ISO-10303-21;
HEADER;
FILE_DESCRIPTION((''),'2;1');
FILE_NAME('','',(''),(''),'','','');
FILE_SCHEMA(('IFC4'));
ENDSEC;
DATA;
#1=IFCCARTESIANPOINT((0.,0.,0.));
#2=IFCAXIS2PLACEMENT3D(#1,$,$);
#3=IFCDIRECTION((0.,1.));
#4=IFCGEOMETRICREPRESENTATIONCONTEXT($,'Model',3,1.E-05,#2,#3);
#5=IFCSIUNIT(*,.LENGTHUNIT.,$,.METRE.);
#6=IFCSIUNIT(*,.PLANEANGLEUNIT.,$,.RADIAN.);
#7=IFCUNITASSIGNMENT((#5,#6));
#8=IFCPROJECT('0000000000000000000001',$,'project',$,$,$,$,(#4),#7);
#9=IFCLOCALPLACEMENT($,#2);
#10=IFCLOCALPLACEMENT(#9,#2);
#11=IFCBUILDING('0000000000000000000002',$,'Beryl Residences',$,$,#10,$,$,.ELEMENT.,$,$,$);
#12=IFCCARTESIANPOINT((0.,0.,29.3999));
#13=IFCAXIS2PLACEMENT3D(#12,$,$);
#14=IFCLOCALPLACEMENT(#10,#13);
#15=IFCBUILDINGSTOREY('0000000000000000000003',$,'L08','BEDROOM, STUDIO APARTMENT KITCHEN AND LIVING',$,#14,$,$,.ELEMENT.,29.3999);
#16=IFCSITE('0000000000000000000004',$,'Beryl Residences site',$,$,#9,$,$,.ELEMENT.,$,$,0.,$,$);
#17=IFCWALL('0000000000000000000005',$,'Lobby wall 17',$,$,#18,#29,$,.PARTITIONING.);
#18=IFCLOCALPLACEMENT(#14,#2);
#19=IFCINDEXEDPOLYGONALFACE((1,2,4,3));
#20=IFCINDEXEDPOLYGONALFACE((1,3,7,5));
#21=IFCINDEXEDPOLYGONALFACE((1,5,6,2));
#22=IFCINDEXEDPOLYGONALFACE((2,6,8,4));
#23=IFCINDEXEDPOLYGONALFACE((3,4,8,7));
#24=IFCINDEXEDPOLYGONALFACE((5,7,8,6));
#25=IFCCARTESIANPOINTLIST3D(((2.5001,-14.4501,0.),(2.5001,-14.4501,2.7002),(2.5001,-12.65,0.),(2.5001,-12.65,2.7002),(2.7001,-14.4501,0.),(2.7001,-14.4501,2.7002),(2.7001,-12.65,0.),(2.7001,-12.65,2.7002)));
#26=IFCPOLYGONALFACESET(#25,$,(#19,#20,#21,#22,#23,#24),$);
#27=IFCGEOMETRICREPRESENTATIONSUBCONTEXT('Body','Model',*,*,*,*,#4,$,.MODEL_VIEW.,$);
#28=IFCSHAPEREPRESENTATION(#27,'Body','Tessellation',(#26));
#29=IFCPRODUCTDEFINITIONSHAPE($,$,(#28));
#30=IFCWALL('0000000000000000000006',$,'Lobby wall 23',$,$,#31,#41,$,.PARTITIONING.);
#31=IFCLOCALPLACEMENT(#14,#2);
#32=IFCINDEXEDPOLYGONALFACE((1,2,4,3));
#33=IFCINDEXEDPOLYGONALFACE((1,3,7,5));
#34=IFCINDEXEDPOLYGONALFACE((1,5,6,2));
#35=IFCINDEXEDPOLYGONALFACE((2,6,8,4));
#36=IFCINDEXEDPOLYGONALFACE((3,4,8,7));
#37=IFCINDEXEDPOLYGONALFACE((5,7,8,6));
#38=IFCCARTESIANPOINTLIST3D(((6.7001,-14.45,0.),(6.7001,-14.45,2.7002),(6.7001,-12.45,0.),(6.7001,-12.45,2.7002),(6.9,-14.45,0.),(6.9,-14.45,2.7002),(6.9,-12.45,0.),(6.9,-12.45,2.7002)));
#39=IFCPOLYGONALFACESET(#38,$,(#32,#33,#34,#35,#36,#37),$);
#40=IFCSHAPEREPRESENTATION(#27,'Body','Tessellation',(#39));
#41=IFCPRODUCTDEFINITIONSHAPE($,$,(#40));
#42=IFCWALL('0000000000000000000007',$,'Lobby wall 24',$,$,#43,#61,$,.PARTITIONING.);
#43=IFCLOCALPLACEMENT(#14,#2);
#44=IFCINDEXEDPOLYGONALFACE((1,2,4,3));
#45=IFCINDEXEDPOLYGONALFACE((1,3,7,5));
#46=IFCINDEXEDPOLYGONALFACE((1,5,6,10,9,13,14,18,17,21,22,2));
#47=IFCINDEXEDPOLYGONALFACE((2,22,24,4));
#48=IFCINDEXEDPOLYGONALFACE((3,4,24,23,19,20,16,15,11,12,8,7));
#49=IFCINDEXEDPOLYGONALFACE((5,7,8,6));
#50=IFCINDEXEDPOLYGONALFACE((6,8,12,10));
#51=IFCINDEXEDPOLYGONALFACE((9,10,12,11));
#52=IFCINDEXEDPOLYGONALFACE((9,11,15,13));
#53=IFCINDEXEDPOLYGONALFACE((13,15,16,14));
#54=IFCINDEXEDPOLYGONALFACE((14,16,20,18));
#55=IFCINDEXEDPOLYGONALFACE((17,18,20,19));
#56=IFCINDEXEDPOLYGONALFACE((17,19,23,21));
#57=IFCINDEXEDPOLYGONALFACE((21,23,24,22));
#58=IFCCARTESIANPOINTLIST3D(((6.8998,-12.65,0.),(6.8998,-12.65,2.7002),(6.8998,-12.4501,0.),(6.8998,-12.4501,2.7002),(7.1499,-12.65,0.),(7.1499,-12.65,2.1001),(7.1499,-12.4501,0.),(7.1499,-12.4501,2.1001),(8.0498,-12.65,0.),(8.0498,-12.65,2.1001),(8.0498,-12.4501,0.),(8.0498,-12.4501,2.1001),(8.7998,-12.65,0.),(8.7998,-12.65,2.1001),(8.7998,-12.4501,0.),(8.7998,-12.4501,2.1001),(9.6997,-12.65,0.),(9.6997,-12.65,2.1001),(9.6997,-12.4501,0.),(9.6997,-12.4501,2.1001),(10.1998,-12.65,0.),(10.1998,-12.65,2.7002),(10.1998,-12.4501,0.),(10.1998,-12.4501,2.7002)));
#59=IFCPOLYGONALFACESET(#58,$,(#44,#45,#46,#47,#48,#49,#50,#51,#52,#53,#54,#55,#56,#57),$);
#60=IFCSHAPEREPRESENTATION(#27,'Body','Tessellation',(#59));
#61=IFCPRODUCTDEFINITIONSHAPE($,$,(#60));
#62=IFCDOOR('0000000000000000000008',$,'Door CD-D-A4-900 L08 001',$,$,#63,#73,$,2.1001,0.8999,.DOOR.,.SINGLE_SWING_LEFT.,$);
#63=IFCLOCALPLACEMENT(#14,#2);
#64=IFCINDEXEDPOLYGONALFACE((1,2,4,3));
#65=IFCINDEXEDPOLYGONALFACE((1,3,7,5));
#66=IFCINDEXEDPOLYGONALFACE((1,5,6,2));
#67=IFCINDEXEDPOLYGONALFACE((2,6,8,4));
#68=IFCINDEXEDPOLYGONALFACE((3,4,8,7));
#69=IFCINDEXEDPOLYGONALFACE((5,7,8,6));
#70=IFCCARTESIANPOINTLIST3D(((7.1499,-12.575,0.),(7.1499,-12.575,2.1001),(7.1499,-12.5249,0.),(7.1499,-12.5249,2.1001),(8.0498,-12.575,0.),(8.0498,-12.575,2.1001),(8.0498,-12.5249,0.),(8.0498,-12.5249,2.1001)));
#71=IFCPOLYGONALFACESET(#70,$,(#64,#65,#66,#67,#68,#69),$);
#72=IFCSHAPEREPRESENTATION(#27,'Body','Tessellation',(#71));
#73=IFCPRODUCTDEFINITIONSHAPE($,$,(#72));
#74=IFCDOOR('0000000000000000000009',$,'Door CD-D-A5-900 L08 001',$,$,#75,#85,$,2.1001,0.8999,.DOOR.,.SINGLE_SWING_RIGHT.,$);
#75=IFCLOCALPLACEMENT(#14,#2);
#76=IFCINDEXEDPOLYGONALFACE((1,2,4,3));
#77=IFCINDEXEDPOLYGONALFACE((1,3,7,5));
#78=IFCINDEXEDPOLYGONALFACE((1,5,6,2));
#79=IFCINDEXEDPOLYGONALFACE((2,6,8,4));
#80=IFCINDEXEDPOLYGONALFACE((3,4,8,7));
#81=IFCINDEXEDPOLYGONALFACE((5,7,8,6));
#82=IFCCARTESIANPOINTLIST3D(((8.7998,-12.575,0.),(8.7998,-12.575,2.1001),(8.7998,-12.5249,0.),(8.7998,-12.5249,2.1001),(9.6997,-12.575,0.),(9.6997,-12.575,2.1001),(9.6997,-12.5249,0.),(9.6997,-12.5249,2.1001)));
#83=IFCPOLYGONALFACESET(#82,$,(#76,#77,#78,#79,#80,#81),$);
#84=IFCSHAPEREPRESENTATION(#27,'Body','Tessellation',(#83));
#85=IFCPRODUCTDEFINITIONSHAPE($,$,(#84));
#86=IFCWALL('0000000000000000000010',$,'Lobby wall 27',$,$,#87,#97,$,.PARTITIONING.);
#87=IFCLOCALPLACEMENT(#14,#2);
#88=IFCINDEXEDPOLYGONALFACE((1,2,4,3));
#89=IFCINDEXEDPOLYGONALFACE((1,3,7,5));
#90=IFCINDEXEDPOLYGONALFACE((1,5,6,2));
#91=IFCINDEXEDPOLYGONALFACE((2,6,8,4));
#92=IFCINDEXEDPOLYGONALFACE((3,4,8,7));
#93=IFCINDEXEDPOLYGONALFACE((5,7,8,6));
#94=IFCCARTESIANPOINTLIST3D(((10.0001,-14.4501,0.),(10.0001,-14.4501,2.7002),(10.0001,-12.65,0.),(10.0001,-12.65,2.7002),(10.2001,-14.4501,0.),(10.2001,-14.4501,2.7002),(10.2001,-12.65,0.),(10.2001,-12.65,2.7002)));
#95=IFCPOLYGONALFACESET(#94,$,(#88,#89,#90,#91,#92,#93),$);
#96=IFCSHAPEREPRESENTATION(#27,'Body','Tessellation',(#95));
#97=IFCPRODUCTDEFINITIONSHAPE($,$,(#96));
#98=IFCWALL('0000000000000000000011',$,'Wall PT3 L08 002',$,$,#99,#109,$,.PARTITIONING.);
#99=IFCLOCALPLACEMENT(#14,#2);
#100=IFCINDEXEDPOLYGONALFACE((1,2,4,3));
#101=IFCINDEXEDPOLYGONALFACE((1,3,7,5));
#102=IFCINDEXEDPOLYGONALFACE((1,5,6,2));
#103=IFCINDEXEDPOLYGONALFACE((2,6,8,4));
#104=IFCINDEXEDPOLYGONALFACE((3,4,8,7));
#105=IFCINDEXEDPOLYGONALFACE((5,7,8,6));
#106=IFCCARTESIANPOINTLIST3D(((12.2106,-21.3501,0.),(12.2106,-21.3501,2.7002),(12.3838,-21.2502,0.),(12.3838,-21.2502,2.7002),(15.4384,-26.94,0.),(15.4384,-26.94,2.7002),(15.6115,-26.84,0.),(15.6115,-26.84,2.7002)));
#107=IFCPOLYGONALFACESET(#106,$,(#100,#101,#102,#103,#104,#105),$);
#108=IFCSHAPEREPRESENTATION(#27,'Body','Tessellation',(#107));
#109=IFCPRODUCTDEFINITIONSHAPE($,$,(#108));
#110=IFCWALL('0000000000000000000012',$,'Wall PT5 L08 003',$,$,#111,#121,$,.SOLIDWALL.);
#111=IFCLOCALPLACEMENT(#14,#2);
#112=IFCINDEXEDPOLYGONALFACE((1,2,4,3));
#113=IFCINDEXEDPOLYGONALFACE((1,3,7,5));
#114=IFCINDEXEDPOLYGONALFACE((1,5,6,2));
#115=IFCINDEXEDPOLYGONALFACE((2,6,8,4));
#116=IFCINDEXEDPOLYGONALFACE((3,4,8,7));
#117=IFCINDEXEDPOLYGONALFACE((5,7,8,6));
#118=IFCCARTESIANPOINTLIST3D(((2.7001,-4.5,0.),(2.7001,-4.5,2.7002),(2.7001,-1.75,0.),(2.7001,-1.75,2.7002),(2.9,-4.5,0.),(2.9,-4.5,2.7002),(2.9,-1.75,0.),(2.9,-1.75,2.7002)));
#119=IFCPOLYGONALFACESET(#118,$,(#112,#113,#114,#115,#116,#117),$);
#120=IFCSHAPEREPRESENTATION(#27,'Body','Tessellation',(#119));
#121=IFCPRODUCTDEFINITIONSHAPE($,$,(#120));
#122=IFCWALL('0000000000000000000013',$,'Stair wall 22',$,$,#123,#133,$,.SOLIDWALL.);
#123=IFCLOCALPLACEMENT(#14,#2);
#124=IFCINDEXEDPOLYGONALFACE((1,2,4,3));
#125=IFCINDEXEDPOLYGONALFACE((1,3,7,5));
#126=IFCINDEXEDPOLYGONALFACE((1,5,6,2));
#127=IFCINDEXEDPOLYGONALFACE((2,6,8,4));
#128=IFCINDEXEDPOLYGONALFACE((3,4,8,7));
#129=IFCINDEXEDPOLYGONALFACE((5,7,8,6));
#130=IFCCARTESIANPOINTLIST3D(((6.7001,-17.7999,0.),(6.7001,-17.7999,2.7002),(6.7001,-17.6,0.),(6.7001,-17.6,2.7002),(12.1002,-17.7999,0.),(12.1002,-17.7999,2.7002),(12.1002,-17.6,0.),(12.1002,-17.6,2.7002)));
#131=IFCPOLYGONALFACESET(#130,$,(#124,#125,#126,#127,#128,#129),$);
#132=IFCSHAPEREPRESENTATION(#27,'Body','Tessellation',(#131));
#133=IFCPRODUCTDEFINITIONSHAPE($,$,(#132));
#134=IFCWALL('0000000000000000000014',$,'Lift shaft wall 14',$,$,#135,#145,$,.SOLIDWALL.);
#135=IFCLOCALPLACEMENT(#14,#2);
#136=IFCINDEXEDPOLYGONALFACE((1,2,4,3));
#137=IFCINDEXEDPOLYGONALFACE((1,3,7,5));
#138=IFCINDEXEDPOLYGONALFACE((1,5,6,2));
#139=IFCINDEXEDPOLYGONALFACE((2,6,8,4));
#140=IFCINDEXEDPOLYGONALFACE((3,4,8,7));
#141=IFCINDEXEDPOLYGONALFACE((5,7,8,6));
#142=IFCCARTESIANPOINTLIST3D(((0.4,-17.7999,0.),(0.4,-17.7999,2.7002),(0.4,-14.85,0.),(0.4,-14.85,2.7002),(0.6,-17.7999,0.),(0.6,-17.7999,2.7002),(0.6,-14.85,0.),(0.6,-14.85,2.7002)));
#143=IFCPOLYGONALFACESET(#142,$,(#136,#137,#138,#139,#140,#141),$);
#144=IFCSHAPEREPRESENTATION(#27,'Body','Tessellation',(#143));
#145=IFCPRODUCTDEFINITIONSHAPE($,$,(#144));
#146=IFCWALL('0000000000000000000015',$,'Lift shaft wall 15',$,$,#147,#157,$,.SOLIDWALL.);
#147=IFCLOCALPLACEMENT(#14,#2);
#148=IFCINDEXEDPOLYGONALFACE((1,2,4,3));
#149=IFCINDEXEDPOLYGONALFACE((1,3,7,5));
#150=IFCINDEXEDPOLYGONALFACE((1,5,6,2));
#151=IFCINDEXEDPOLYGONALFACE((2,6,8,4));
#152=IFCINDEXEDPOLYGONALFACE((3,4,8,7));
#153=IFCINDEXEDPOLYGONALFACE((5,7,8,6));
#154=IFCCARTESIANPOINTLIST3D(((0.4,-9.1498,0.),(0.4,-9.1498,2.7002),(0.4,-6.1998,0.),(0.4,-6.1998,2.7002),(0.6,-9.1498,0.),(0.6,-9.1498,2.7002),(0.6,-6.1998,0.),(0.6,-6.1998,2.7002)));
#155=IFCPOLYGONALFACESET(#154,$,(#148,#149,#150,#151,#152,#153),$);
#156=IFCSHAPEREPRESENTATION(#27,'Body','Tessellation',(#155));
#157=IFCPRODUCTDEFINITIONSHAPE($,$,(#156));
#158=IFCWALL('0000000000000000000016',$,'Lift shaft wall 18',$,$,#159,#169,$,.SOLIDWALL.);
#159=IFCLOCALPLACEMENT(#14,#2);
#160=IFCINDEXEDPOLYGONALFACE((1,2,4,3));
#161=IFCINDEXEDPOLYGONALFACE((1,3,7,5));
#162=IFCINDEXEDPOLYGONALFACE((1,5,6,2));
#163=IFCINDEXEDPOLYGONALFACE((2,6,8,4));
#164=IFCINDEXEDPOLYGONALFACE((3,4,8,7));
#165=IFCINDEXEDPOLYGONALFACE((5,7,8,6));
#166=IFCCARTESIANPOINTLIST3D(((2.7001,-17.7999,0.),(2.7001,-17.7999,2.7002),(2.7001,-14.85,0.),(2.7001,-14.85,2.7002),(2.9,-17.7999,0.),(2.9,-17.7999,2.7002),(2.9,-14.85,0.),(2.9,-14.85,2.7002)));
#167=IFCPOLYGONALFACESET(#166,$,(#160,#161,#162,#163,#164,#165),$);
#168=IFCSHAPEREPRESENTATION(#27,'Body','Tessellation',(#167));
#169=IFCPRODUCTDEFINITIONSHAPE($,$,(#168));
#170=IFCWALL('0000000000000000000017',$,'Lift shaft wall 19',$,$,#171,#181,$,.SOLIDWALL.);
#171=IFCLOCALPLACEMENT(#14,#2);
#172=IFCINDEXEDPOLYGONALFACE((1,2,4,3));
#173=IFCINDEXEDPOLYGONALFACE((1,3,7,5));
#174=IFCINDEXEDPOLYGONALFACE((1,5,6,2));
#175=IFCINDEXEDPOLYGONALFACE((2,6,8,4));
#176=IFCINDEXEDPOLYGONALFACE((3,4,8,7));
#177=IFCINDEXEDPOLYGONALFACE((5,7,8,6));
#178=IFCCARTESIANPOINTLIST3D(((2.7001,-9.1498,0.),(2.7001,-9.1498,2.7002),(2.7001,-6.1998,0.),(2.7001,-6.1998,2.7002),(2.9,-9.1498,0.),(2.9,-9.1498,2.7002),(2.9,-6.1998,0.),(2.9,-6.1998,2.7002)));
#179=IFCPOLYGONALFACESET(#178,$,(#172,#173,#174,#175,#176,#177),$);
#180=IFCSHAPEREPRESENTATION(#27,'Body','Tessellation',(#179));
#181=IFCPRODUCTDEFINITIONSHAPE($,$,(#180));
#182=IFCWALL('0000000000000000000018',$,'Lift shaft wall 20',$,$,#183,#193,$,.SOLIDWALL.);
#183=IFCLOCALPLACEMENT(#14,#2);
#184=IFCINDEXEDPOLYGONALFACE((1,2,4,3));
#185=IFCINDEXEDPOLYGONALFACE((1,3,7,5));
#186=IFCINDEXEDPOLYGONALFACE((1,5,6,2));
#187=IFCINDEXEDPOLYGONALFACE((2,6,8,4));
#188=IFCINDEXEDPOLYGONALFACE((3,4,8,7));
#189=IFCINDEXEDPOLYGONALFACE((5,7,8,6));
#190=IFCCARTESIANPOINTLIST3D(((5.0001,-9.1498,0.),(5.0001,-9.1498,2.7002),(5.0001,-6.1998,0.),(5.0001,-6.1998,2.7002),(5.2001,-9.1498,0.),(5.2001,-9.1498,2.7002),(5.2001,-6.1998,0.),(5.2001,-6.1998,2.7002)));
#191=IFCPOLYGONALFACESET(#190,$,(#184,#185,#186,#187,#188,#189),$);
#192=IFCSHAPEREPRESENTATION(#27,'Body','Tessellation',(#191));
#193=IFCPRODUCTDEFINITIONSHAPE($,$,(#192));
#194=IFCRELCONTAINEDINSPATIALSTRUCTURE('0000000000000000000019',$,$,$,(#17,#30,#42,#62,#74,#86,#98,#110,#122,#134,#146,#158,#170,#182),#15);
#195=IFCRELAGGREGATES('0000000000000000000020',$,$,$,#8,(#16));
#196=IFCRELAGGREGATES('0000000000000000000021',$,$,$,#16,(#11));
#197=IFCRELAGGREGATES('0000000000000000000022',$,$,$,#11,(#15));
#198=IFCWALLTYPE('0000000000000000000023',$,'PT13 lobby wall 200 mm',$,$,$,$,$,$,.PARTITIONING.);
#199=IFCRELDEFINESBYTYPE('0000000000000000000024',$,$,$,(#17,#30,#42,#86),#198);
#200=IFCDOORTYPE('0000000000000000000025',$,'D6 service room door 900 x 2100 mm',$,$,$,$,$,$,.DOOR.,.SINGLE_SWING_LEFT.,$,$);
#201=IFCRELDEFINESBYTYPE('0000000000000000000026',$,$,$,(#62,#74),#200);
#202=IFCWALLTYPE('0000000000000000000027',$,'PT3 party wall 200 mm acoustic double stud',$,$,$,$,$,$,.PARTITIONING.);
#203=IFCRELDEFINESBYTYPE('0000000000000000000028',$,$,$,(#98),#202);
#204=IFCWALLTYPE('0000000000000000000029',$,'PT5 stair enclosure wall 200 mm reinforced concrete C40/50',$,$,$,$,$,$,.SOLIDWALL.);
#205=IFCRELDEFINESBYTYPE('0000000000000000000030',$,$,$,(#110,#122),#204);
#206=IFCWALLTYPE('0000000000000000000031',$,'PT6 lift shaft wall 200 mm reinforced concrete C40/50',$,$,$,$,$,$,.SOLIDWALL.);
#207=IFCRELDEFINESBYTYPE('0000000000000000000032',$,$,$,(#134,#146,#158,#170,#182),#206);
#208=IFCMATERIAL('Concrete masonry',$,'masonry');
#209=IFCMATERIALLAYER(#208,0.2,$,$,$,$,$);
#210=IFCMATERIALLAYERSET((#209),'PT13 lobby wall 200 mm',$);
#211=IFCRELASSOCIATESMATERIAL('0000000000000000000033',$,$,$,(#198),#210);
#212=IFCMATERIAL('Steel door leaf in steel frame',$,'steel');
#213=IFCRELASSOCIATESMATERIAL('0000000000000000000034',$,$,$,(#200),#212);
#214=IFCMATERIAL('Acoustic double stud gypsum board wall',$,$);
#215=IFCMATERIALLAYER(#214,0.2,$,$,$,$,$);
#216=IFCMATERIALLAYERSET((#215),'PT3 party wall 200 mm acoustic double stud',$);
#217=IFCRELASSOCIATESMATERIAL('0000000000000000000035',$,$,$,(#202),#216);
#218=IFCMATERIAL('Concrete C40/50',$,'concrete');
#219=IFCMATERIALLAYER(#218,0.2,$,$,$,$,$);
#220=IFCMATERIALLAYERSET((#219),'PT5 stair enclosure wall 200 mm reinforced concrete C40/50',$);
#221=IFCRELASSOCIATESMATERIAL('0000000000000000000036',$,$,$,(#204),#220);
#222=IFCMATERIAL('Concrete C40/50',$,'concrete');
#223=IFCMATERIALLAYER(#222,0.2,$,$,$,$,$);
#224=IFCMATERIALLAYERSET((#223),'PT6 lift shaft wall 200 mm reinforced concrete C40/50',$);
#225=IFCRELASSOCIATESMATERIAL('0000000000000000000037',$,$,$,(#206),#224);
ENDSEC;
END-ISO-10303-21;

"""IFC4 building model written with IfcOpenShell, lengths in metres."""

from ifc_helpers import new_model, si_unit, direction, frame, frame_2d, origin, place, context, subcontext, project, spatial, rectangle, extrude, material, layer, layer_set, type_object, element, fill, save


model = new_model("IFC4")

# Units and contexts
model_context = context("Model", 3, precision=1e-05, world=origin(), true_north=direction((0.0, 1.0)))
body_context = subcontext(model_context, "Body", "Model", "MODEL_VIEW")
ifc_project = project(units=[si_unit("LENGTHUNIT", "METRE"), si_unit("PLANEANGLEUNIT", "RADIAN")], contexts=[model_context])

# Site, building, storey
site_placement = place(None, origin())
site = spatial("IfcSite", under=ifc_project, at=site_placement, Name="Beryl Residences site", CompositionType="ELEMENT", RefElevation=0.0)
building_placement = place(site_placement, origin())
building = spatial("IfcBuilding", under=site, at=building_placement, Name="Beryl Residences", CompositionType="ELEMENT")
storey_placement = place(building_placement, frame((0.0, 0.0, 29.3999)))
storey = spatial("IfcBuildingStorey", under=building, at=storey_placement, Name="L08", Description="BEDROOM, STUDIO APARTMENT KITCHEN AND LIVING", CompositionType="ELEMENT", Elevation=29.3999)

# Walls
ifc_material_1 = material(Name="Concrete masonry", Category="masonry")
ifc_layer_1 = layer(ifc_material_1, 0.2)
ifc_layer_set_1 = layer_set([ifc_layer_1], Name="PT13 lobby wall 200 mm")
wall_type_1 = type_object("IfcWallType", Name="PT13 lobby wall 200 mm", PredefinedType="PARTITIONING", material=ifc_layer_set_1)
wall_1_placement = place(storey_placement, frame((2.6001, -14.45, 0.0), z_axis=(0.0, 0.0, 1.0), x_axis=(0.0, 1.0, 0.0)))
element("IfcWall", 1, at=wall_1_placement, inside=storey, type_object=wall_type_1, Name="Lobby wall 17", PredefinedType="PARTITIONING", context=body_context, shape_type="SweptSolid", body=[
    extrude(rectangle(XDim=1.8, YDim=0.2, at=frame_2d((0.8999, 0.0))), origin(), (0.0, 0.0, 1.0), 2.7002),
])
wall_2_placement = place(storey_placement, frame((6.8, -14.45, 0.0), z_axis=(0.0, 0.0, 1.0), x_axis=(0.0, 1.0, 0.0)))
element("IfcWall", 2, at=wall_2_placement, inside=storey, type_object=wall_type_1, Name="Lobby wall 23", PredefinedType="PARTITIONING", context=body_context, shape_type="SweptSolid", body=[
    extrude(rectangle(XDim=2.0, YDim=0.2, at=frame_2d((1.0, 0.0))), origin(), (0.0, 0.0, 1.0), 2.7002),
])

# Wall, openings, doors
wall_3_placement = place(storey_placement, frame((6.8999, -12.55, 0.0), z_axis=(0.0, 0.0, 1.0), x_axis=(1.0, 0.0, 0.0)))
wall_3 = element("IfcWall", 3, at=wall_3_placement, inside=storey, type_object=wall_type_1, Name="Lobby wall 24", PredefinedType="PARTITIONING", context=body_context, shape_type="SweptSolid", body=[
    extrude(rectangle(XDim=3.3, YDim=0.2, at=frame_2d((1.6499, 0.0))), origin(), (0.0, 0.0, 1.0), 2.7002),
])
opening_1_placement = place(wall_3_placement, frame((1.1499, 0.0, 0.0), z_axis=(0.0, 0.0, 1.0), x_axis=(-1.0, 0.0, 0.0)))
opening_1 = element("IfcOpeningElement", 4, at=opening_1_placement, cuts=wall_3, PredefinedType="OPENING", context=body_context, shape_type="SweptSolid", body=[
    extrude(rectangle(XDim=0.8999, YDim=2.1001, at=frame_2d((0.45, 1.05))), frame((0.0, 0.1099, 0.0), z_axis=(0.0, -1.0, 0.0), x_axis=(1.0, 0.0, 0.0)), (0.0, 0.0, 1.0), 0.22),
])
opening_2_placement = place(wall_3_placement, frame((2.7998, 0.0, 0.0), z_axis=(0.0, 0.0, 1.0), x_axis=(-1.0, 0.0, 0.0)))
opening_2 = element("IfcOpeningElement", 5, at=opening_2_placement, cuts=wall_3, PredefinedType="OPENING", context=body_context, shape_type="SweptSolid", body=[
    extrude(rectangle(XDim=0.8999, YDim=2.1001, at=frame_2d((0.45, 1.05))), frame((0.0, 0.1099, 0.0), z_axis=(0.0, -1.0, 0.0), x_axis=(1.0, 0.0, 0.0)), (0.0, 0.0, 1.0), 0.22),
])
ifc_material_2 = material(Name="Steel door leaf in steel frame", Category="steel")
door_type = type_object("IfcDoorType", Name="D6 service room door 900 x 2100 mm", OperationType="SINGLE_SWING_LEFT", PredefinedType="DOOR", material=ifc_material_2)
door_1_placement = place(opening_1_placement, origin())
door_1 = element("IfcDoor", 6, at=door_1_placement, inside=storey, type_object=door_type, Name="Door CD-D-A4-900 L08 001", OperationType="SINGLE_SWING_LEFT", OverallHeight=2.1001, OverallWidth=0.8999, PredefinedType="DOOR", context=body_context, shape_type="SweptSolid", body=[
    extrude(rectangle(XDim=0.8999, YDim=2.1001, at=frame_2d((0.45, 1.05))), frame((0.0, 0.0249, 0.0), z_axis=(0.0, -1.0, 0.0), x_axis=(1.0, 0.0, 0.0)), (0.0, 0.0, 1.0), 0.05),
])
fill(opening_1, door_1)
door_2_placement = place(opening_2_placement, origin())
door_2 = element("IfcDoor", 7, at=door_2_placement, inside=storey, type_object=door_type, Name="Door CD-D-A5-900 L08 001", OperationType="SINGLE_SWING_RIGHT", OverallHeight=2.1001, OverallWidth=0.8999, PredefinedType="DOOR", context=body_context, shape_type="SweptSolid", body=[
    extrude(rectangle(XDim=0.8999, YDim=2.1001, at=frame_2d((0.45, 1.05))), frame((0.0, 0.0249, 0.0), z_axis=(0.0, -1.0, 0.0), x_axis=(1.0, 0.0, 0.0)), (0.0, 0.0, 1.0), 0.05),
])
fill(opening_2, door_2)

# Walls
wall_4_placement = place(storey_placement, frame((10.1001, -14.45, 0.0), z_axis=(0.0, 0.0, 1.0), x_axis=(0.0, 1.0, 0.0)))
element("IfcWall", 8, at=wall_4_placement, inside=storey, type_object=wall_type_1, Name="Lobby wall 27", PredefinedType="PARTITIONING", context=body_context, shape_type="SweptSolid", body=[
    extrude(rectangle(XDim=1.8, YDim=0.2, at=frame_2d((0.8999, 0.0))), origin(), (0.0, 0.0, 1.0), 2.7002),
])
ifc_material_3 = material(Name="Acoustic double stud gypsum board wall")
ifc_layer_2 = layer(ifc_material_3, 0.2)
ifc_layer_set_2 = layer_set([ifc_layer_2], Name="PT3 party wall 200 mm acoustic double stud")
wall_type_2 = type_object("IfcWallType", Name="PT3 party wall 200 mm acoustic double stud", PredefinedType="PARTITIONING", material=ifc_layer_set_2)
wall_5_placement = place(storey_placement, frame((12.2971, -21.3, 0.0), z_axis=(0.0, 0.0, 1.0), x_axis=(0.500056, -0.865993, 0.0)))
element("IfcWall", 9, at=wall_5_placement, inside=storey, type_object=wall_type_2, Name="Wall PT3 L08 002", PredefinedType="PARTITIONING", context=body_context, shape_type="SweptSolid", body=[
    extrude(rectangle(XDim=6.4548, YDim=0.2, at=frame_2d((3.2275, 0.0))), origin(), (0.0, 0.0, 1.0), 2.7002),
])
ifc_material_4 = material(Name="Concrete C40/50", Category="concrete")
ifc_layer_3 = layer(ifc_material_4, 0.2)
ifc_layer_set_3 = layer_set([ifc_layer_3], Name="PT5 stair enclosure wall 200 mm reinforced concrete C40/50")
wall_type_3 = type_object("IfcWallType", Name="PT5 stair enclosure wall 200 mm reinforced concrete C40/50", PredefinedType="SOLIDWALL", material=ifc_layer_set_3)
wall_6_placement = place(storey_placement, frame((2.8, -4.5, 0.0), z_axis=(0.0, 0.0, 1.0), x_axis=(0.0, 1.0, 0.0)))
element("IfcWall", 10, at=wall_6_placement, inside=storey, type_object=wall_type_3, Name="Wall PT5 L08 003", PredefinedType="SOLIDWALL", context=body_context, shape_type="SweptSolid", body=[
    extrude(rectangle(XDim=2.75, YDim=0.2, at=frame_2d((1.375, 0.0))), origin(), (0.0, 0.0, 1.0), 2.7002),
])
wall_7_placement = place(storey_placement, frame((6.7, -17.7, 0.0), z_axis=(0.0, 0.0, 1.0), x_axis=(1.0, 0.0, 0.0)))
element("IfcWall", 11, at=wall_7_placement, inside=storey, type_object=wall_type_3, Name="Stair wall 22", PredefinedType="SOLIDWALL", context=body_context, shape_type="SweptSolid", body=[
    extrude(rectangle(XDim=5.4001, YDim=0.2, at=frame_2d((2.7002, 0.0))), origin(), (0.0, 0.0, 1.0), 2.7002),
])
ifc_material_5 = material(Name="Concrete C40/50", Category="concrete")
ifc_layer_4 = layer(ifc_material_5, 0.2)
ifc_layer_set_4 = layer_set([ifc_layer_4], Name="PT6 lift shaft wall 200 mm reinforced concrete C40/50")
wall_type_4 = type_object("IfcWallType", Name="PT6 lift shaft wall 200 mm reinforced concrete C40/50", PredefinedType="SOLIDWALL", material=ifc_layer_set_4)
for number, where, z_axis, x_axis, name in (
    (12, (0.5, -17.8, 0.0), (0.0, 0.0, 1.0), (0.0, 1.0, 0.0), "Lift shaft wall 14"),
    (13, (0.5, -9.1499, 0.0), (0.0, 0.0, 1.0), (0.0, 1.0, 0.0), "Lift shaft wall 15"),
    (14, (2.8, -17.8, 0.0), (0.0, 0.0, 1.0), (0.0, 1.0, 0.0), "Lift shaft wall 18"),
    (15, (2.8, -9.1499, 0.0), (0.0, 0.0, 1.0), (0.0, 1.0, 0.0), "Lift shaft wall 19"),
    (16, (5.1001, -9.1499, 0.0), (0.0, 0.0, 1.0), (0.0, 1.0, 0.0), "Lift shaft wall 20"),
):
    element("IfcWall", number, at=place(storey_placement, frame(where, z_axis=z_axis, x_axis=x_axis)), inside=storey, type_object=wall_type_4, Name=name, PredefinedType="SOLIDWALL", context=body_context, shape_type="SweptSolid", body=[
        extrude(rectangle(XDim=2.95, YDim=0.2, at=frame_2d((1.4751, 0.0))), origin(), (0.0, 0.0, 1.0), 2.7002),
    ])

save(model, "model.ifc")
